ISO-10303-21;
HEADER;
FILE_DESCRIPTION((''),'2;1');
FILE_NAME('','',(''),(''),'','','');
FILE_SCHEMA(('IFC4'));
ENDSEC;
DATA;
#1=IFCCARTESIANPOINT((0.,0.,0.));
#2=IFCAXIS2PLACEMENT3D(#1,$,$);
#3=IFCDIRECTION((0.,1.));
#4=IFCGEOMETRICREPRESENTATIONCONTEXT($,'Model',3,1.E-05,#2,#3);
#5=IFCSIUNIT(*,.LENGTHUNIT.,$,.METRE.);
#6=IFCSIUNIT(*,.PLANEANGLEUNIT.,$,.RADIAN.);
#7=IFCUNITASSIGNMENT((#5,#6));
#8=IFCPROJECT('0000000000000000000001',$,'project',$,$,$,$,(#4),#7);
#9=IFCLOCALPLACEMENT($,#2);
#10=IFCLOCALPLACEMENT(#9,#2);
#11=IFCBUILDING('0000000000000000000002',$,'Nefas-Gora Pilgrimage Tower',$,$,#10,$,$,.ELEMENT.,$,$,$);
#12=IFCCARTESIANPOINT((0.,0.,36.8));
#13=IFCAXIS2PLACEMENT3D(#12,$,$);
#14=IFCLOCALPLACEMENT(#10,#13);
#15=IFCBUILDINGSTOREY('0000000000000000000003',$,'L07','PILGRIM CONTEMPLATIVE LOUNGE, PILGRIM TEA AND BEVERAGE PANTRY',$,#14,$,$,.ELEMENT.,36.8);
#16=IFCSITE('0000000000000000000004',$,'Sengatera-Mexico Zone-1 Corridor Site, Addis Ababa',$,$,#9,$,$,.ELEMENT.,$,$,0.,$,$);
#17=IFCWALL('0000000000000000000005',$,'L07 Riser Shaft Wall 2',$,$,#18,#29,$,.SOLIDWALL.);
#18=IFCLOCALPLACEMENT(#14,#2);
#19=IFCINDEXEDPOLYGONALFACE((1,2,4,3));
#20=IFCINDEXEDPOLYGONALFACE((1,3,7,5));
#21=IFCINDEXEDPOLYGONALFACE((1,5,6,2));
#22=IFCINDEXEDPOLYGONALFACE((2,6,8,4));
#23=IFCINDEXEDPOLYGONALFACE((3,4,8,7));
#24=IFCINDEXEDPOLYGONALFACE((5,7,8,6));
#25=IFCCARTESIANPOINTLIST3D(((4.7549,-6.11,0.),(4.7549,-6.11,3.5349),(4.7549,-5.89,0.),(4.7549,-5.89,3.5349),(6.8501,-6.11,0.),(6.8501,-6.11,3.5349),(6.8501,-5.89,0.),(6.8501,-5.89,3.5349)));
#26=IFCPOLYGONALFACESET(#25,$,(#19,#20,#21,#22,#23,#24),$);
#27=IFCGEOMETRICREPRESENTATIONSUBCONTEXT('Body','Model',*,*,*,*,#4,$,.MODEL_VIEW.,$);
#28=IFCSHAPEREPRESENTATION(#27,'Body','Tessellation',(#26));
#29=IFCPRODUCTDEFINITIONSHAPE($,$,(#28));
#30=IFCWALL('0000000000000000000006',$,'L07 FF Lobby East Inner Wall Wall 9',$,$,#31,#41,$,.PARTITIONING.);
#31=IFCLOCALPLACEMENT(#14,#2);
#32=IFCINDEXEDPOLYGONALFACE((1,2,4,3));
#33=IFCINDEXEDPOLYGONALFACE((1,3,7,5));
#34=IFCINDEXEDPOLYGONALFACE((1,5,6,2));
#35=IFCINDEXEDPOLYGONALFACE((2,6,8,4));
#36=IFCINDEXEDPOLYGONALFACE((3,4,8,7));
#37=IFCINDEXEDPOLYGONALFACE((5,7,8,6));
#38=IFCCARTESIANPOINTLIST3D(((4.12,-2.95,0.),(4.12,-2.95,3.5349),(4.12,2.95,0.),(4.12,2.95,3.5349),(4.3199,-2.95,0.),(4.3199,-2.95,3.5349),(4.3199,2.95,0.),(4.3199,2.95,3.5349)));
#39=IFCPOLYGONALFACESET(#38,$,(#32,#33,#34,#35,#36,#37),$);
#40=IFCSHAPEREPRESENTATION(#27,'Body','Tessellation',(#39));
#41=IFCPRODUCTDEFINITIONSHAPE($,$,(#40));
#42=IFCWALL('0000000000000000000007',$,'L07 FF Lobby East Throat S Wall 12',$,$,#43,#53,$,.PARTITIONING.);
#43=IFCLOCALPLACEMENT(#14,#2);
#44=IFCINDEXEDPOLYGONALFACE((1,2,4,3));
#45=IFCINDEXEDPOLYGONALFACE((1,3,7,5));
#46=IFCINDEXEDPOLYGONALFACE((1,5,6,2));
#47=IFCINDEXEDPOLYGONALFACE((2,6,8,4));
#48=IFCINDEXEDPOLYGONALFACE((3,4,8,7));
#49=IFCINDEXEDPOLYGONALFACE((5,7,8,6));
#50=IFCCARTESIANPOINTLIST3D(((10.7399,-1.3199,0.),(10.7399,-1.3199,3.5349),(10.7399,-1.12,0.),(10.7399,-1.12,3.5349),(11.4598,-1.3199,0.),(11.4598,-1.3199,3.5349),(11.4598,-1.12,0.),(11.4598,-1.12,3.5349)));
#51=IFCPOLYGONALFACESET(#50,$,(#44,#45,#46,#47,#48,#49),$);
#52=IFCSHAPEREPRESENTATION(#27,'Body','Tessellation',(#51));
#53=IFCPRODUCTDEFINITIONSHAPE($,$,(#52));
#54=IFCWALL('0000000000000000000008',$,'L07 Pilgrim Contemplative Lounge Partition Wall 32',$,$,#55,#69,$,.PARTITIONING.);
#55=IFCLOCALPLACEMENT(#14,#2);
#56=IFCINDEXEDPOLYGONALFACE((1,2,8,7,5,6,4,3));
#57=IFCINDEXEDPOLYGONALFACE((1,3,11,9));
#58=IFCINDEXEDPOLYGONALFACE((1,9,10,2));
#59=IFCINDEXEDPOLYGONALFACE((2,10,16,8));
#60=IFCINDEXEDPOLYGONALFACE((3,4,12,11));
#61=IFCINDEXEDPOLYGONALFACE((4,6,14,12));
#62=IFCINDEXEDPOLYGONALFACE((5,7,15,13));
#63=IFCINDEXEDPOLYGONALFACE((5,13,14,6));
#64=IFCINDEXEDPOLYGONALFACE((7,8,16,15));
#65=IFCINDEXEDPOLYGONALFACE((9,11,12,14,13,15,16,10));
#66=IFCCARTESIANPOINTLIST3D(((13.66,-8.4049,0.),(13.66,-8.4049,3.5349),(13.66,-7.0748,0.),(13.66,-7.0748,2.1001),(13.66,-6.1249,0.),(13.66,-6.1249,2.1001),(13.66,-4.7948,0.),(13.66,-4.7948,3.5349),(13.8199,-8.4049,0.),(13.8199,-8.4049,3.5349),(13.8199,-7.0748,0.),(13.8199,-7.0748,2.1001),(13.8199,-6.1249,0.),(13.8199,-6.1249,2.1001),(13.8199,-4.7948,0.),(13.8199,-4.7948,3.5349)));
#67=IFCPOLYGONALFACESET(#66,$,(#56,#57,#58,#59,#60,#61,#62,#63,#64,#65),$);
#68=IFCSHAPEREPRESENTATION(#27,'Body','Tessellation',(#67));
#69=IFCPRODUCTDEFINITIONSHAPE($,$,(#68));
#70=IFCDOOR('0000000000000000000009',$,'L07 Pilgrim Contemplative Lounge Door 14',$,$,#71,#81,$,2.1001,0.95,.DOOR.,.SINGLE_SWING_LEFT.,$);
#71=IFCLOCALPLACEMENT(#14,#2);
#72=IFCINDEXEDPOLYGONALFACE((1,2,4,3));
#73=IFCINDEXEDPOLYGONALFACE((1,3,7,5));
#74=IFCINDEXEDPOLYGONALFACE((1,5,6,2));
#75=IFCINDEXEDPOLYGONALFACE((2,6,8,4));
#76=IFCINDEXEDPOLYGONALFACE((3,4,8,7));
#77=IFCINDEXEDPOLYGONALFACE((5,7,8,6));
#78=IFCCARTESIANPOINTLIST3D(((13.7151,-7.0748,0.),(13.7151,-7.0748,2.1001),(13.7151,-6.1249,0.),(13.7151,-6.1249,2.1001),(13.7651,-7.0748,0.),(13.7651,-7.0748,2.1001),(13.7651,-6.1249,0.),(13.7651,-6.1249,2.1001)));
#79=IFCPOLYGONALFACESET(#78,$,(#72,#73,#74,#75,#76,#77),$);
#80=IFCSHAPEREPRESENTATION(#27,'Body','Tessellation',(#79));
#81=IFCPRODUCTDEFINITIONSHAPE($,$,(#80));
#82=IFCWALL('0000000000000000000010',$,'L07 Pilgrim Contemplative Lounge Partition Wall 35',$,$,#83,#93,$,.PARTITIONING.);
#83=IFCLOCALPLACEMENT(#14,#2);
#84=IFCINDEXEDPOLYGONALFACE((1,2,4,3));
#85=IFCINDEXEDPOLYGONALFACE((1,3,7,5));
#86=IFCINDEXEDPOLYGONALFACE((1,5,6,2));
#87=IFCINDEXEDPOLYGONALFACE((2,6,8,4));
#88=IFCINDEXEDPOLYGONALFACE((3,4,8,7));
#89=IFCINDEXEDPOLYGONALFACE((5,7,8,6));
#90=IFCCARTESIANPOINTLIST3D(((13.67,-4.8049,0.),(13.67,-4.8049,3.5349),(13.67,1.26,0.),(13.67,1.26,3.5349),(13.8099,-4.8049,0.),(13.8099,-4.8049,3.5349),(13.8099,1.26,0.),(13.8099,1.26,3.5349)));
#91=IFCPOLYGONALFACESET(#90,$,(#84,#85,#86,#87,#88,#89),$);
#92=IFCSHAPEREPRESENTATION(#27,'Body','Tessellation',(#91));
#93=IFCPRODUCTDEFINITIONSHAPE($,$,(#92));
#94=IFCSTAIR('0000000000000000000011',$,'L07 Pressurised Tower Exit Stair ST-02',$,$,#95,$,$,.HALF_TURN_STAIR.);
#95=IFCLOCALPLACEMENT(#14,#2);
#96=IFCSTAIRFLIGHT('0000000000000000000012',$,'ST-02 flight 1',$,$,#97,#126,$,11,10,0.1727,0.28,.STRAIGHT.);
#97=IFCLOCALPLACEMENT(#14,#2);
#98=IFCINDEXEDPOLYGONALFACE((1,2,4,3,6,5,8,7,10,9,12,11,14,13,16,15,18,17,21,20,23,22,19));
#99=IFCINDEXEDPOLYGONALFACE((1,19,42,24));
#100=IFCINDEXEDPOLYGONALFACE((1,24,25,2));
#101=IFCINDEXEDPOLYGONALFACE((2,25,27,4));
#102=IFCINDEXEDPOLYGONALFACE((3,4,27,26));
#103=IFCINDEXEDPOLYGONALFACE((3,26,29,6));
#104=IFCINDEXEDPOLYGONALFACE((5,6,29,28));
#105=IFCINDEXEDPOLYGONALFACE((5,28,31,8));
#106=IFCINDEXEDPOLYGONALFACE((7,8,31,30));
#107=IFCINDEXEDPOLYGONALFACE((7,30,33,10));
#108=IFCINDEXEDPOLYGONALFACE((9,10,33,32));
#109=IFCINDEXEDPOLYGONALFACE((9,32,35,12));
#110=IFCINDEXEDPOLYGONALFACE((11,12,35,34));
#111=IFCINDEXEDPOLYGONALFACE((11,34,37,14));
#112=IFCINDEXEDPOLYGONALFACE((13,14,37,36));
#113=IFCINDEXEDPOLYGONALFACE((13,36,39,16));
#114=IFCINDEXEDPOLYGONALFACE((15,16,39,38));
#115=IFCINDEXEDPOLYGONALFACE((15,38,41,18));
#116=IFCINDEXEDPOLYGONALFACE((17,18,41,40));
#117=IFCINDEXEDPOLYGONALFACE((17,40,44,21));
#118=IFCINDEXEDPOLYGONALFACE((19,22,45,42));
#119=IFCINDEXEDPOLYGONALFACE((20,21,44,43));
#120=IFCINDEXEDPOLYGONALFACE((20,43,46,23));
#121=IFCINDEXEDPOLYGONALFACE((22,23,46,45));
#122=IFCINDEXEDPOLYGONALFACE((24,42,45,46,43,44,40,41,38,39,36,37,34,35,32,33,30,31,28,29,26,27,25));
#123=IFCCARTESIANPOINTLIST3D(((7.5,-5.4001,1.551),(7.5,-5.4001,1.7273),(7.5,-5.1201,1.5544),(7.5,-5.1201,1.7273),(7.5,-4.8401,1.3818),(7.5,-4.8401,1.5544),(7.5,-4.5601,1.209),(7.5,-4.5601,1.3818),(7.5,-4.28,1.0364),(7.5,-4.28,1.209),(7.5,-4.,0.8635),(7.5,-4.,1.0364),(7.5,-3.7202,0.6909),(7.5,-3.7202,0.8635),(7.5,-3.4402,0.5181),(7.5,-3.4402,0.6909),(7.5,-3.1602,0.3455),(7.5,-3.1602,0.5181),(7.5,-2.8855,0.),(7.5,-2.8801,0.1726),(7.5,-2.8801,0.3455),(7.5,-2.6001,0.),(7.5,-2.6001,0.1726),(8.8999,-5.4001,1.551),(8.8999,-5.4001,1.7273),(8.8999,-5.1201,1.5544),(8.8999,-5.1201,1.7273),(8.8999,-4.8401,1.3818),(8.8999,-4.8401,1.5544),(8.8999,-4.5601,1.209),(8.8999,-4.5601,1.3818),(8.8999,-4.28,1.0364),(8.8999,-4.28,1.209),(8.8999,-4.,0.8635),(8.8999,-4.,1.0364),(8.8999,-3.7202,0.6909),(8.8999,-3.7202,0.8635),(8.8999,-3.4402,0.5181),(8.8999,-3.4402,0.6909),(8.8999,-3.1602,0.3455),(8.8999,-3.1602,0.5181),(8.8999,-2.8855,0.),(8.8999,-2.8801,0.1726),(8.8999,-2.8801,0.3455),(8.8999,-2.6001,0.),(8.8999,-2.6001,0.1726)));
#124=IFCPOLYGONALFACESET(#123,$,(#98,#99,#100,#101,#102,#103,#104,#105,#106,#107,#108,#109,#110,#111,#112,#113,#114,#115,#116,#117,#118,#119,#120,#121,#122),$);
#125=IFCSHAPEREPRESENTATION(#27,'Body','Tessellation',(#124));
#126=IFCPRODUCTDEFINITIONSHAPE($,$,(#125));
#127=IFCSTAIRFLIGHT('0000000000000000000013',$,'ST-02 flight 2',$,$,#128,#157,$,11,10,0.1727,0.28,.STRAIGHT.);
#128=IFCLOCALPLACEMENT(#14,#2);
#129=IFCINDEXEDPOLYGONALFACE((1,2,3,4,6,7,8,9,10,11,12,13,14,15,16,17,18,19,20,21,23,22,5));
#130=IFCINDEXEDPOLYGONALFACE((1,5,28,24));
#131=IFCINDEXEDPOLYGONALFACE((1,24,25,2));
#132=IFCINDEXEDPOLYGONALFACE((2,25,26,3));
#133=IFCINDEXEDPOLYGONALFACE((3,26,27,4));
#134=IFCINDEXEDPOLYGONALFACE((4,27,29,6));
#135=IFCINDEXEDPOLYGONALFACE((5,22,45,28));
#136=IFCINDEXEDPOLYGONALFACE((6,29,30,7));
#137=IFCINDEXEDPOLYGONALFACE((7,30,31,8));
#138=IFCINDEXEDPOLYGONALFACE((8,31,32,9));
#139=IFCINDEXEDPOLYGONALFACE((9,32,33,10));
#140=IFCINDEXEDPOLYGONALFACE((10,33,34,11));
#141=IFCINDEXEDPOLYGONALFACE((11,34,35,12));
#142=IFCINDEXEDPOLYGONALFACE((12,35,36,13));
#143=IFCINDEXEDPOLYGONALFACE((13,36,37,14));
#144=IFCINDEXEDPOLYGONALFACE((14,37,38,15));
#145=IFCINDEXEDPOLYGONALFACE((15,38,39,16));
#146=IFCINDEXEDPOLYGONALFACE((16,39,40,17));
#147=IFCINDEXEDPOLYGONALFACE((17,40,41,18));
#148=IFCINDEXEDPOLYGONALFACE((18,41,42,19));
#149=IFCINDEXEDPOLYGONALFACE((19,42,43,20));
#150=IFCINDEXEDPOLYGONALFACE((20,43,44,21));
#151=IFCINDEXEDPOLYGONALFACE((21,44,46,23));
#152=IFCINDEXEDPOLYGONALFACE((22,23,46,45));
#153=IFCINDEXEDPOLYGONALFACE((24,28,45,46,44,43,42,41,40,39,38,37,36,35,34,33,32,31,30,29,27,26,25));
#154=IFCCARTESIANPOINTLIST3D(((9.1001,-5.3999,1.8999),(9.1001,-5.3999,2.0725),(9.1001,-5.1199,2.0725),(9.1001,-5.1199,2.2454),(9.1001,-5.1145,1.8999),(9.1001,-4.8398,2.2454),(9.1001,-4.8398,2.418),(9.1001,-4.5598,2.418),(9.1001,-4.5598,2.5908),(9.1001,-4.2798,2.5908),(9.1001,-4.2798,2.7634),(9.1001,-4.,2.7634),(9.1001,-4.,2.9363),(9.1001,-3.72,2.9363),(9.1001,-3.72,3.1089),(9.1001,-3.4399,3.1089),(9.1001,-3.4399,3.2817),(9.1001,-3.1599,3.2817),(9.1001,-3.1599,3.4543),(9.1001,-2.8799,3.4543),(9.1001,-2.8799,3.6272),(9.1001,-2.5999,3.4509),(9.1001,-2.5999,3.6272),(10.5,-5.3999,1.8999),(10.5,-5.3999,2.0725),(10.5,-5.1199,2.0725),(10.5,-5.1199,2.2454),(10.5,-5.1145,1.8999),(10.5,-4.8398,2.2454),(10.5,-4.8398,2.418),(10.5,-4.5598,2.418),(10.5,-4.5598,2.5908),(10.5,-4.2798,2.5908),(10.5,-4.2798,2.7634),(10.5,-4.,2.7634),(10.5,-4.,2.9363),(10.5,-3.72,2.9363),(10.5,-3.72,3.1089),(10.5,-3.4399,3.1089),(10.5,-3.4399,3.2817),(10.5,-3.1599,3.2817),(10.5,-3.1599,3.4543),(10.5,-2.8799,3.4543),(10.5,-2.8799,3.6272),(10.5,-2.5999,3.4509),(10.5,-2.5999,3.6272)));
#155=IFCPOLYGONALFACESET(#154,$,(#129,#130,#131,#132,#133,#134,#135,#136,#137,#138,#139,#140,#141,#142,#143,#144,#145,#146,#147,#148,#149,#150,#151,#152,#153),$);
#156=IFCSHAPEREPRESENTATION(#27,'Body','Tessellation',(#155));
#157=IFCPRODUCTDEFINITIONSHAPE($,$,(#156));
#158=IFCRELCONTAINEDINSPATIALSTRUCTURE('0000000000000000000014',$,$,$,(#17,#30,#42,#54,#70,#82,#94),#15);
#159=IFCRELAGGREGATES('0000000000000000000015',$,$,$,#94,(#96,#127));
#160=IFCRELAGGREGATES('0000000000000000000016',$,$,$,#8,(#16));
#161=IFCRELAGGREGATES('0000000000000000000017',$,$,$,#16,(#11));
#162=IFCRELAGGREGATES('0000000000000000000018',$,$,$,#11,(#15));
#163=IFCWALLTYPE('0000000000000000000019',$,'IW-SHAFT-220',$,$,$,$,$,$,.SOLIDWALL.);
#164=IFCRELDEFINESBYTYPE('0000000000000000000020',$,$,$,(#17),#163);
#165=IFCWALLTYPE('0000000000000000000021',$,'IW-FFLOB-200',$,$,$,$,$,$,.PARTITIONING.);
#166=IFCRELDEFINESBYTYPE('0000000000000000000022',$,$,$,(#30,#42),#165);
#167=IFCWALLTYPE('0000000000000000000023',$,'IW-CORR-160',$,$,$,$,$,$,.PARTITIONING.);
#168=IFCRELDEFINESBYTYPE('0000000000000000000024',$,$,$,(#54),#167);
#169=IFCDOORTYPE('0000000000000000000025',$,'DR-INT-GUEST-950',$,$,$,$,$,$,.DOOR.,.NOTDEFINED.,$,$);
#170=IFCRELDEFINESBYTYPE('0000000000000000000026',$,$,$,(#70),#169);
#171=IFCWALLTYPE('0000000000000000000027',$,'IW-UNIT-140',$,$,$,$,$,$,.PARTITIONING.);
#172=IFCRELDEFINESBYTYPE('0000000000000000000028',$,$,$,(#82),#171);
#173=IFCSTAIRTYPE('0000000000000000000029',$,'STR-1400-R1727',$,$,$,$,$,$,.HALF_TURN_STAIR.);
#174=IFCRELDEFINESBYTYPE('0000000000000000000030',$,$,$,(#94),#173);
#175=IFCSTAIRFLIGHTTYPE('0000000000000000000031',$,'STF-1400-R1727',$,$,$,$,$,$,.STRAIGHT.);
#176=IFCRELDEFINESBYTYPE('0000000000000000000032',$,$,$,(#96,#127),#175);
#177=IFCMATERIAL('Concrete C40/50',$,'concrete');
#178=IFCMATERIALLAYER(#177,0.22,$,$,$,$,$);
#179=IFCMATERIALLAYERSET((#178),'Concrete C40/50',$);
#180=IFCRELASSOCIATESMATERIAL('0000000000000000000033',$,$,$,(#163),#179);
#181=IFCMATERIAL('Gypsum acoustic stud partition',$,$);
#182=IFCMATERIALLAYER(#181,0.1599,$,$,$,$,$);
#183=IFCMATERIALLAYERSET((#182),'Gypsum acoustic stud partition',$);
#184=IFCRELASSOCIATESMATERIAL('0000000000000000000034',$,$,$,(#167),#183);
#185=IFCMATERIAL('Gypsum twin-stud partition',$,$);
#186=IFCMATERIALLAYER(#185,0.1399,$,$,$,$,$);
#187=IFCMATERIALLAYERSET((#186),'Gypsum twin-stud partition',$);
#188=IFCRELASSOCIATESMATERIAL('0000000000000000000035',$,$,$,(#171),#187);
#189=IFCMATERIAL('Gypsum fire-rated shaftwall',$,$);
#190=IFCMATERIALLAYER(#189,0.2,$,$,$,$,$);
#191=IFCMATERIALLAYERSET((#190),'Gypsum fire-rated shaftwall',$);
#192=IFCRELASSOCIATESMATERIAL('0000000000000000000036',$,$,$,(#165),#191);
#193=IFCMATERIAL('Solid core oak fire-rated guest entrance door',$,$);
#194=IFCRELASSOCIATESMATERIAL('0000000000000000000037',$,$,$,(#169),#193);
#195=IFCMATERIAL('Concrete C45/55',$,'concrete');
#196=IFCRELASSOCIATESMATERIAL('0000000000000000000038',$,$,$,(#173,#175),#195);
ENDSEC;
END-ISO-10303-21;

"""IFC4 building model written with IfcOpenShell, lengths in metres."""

from ifc_helpers import new_model, si_unit, direction, frame, frame_2d, origin, place, context, subcontext, project, spatial, polyline, rectangle, outline, extrude, source, transform, mapped, material, layer, layer_set, type_object, element, fill, aggregate, save


model = new_model("IFC4")

# Units and contexts
model_context = context("Model", 3, precision=1e-05, world=origin(), true_north=direction((0.0, 1.0)))
body_context = subcontext(model_context, "Body", "Model", "MODEL_VIEW")
ifc_project = project(units=[si_unit("LENGTHUNIT", "METRE"), si_unit("PLANEANGLEUNIT", "RADIAN")], contexts=[model_context])

# Site, building, storey
site_placement = place(None, origin())
site = spatial("IfcSite", under=ifc_project, at=site_placement, Name="Sengatera-Mexico Zone-1 Corridor Site, Addis Ababa", CompositionType="ELEMENT", RefElevation=0.0)
building_placement = place(site_placement, origin())
building = spatial("IfcBuilding", under=site, at=building_placement, Name="Nefas-Gora Pilgrimage Tower", CompositionType="ELEMENT")
storey_placement = place(building_placement, frame((0.0, 0.0, 36.8)))
storey = spatial("IfcBuildingStorey", under=building, at=storey_placement, Name="L07", Description="PILGRIM CONTEMPLATIVE LOUNGE, PILGRIM TEA AND BEVERAGE PANTRY", CompositionType="ELEMENT", Elevation=36.8)

# Shared definitions
ifc_material_1 = material(Name="Concrete C45/55", Category="concrete")

# Shared definitions
ifc_material_2 = material(Name="Concrete C40/50", Category="concrete")
ifc_layer_1 = layer(ifc_material_2, 0.22)
ifc_layer_set_1 = layer_set([ifc_layer_1], Name="Concrete C40/50")
wall_type_1 = type_object("IfcWallType", Name="IW-SHAFT-220", PredefinedType="SOLIDWALL", material=ifc_layer_set_1)

# Wall
ifc_material_3 = material(Name="Gypsum acoustic stud partition")
ifc_layer_2 = layer(ifc_material_3, 0.1599)
ifc_layer_set_2 = layer_set([ifc_layer_2], Name="Gypsum acoustic stud partition")
wall_type_2 = type_object("IfcWallType", Name="IW-CORR-160", PredefinedType="PARTITIONING", material=ifc_layer_set_2)
ifc_material_4 = material(Name="Gypsum twin-stud partition")
ifc_layer_3 = layer(ifc_material_4, 0.1399)
ifc_layer_set_3 = layer_set([ifc_layer_3], Name="Gypsum twin-stud partition")
wall_type_3 = type_object("IfcWallType", Name="IW-UNIT-140", PredefinedType="PARTITIONING", material=ifc_layer_set_3)
shared_shape_1 = source(origin(), body_context, "Body", "SweptSolid", [
    extrude(rectangle(XDim=2.0952, YDim=0.22, at=frame_2d((1.0476, 0.0))), origin(), (0.0, 0.0, 1.0), 3.5349),
])
wall_1_placement = place(storey_placement, frame((4.7549, -6.0, 0.0), z_axis=(0.0, 0.0, 1.0), x_axis=(1.0, 0.0, 0.0)))
element("IfcWall", 1, at=wall_1_placement, inside=storey, type_object=wall_type_1, Name="L07 Riser Shaft Wall 2", PredefinedType="SOLIDWALL", context=body_context, shape_type="MappedRepresentation", body=[
    mapped(shared_shape_1, transform((0.0, 0.0, 0.0), x_axis=(1.0, 0.0, 0.0), y_axis=(0.0, 1.0, 0.0), z_axis=(0.0, 0.0, 1.0), scale=1.0)),
])

# Shared definitions
ifc_material_5 = material(Name="Gypsum fire-rated shaftwall")
ifc_layer_4 = layer(ifc_material_5, 0.2)
ifc_layer_set_4 = layer_set([ifc_layer_4], Name="Gypsum fire-rated shaftwall")
wall_type_4 = type_object("IfcWallType", Name="IW-FFLOB-200", PredefinedType="PARTITIONING", material=ifc_layer_set_4)

# Walls
shared_shape_2 = source(origin(), body_context, "Body", "SweptSolid", [
    extrude(rectangle(XDim=5.8999, YDim=0.2, at=frame_2d((2.95, 0.0))), origin(), (0.0, 0.0, 1.0), 3.5349),
])
wall_2_placement = place(storey_placement, frame((4.22, -2.95, 0.0), z_axis=(0.0, 0.0, 1.0), x_axis=(0.0, 1.0, 0.0)))
element("IfcWall", 2, at=wall_2_placement, inside=storey, type_object=wall_type_4, Name="L07 FF Lobby East Inner Wall Wall 9", PredefinedType="PARTITIONING", context=body_context, shape_type="MappedRepresentation", body=[
    mapped(shared_shape_2, transform((0.0, 0.0, 0.0), x_axis=(1.0, 0.0, 0.0), y_axis=(0.0, 1.0, 0.0), z_axis=(0.0, 0.0, 1.0), scale=1.0)),
])
shared_shape_3 = source(origin(), body_context, "Body", "SweptSolid", [
    extrude(rectangle(XDim=0.72, YDim=0.2, at=frame_2d((0.3599, 0.0))), origin(), (0.0, 0.0, 1.0), 3.5349),
])
wall_3_placement = place(storey_placement, frame((10.74, -1.22, 0.0), z_axis=(0.0, 0.0, 1.0), x_axis=(1.0, 0.0, 0.0)))
element("IfcWall", 3, at=wall_3_placement, inside=storey, type_object=wall_type_4, Name="L07 FF Lobby East Throat S Wall 12", PredefinedType="PARTITIONING", context=body_context, shape_type="MappedRepresentation", body=[
    mapped(shared_shape_3, transform((0.0, 0.0, 0.0), x_axis=(1.0, 0.0, 0.0), y_axis=(0.0, 1.0, 0.0), z_axis=(0.0, 0.0, 1.0), scale=1.0)),
])

# Wall, opening, door
shared_shape_4 = source(origin(), body_context, "Body", "SweptSolid", [
    extrude(rectangle(XDim=3.6101, YDim=0.1599, at=frame_2d((1.8052, 0.0))), origin(), (0.0, 0.0, 1.0), 3.5349),
])
wall_4_placement = place(storey_placement, frame((13.74, -8.405, 0.0), z_axis=(0.0, 0.0, 1.0), x_axis=(0.0, 1.0, 0.0)))
wall_4 = element("IfcWall", 4, at=wall_4_placement, inside=storey, type_object=wall_type_2, Name="L07 Pilgrim Contemplative Lounge Partition Wall 32", PredefinedType="PARTITIONING", context=body_context, shape_type="MappedRepresentation", body=[
    mapped(shared_shape_4, transform((0.0, 0.0, 0.0), x_axis=(1.0, 0.0, 0.0), y_axis=(0.0, 1.0, 0.0), z_axis=(0.0, 0.0, 1.0), scale=1.0)),
])
opening_1_placement = place(wall_4_placement, frame((1.3301, 0.0, 0.0)))
opening_1 = element("IfcOpeningElement", 5, at=opening_1_placement, cuts=wall_4, PredefinedType="OPENING", context=body_context, shape_type="SweptSolid", body=[
    extrude(rectangle(XDim=0.95, YDim=2.1001, at=frame_2d((0.4751, 1.05))), frame((0.0, 0.0898, 0.0), z_axis=(0.0, -1.0, 0.0), x_axis=(1.0, 0.0, 0.0)), (0.0, 0.0, 1.0), 0.1799),
])
ifc_material_6 = material(Name="Solid core oak fire-rated guest entrance door")
door_type_1 = type_object("IfcDoorType", Name="DR-INT-GUEST-950", OperationType="NOTDEFINED", PredefinedType="DOOR", material=ifc_material_6)
shared_shape_5 = source(origin(), body_context, "Body", "SweptSolid", [
    extrude(rectangle(XDim=0.95, YDim=2.1001, at=frame_2d((0.4751, 1.05))), frame((0.0, 0.0249, 0.0), z_axis=(0.0, -1.0, 0.0), x_axis=(1.0, 0.0, 0.0)), (0.0, 0.0, 1.0), 0.05),
])
door_1_placement = place(opening_1_placement, origin())
door_1 = element("IfcDoor", 6, at=door_1_placement, inside=storey, type_object=door_type_1, Name="L07 Pilgrim Contemplative Lounge Door 14", OperationType="SINGLE_SWING_LEFT", OverallHeight=2.1001, OverallWidth=0.95, PredefinedType="DOOR", context=body_context, shape_type="MappedRepresentation", body=[
    mapped(shared_shape_5, transform((0.0, 0.0, 0.0), x_axis=(1.0, 0.0, 0.0), y_axis=(0.0, 1.0, 0.0), z_axis=(0.0, 0.0, 1.0), scale=1.0)),
])
fill(opening_1, door_1)

# Wall
shared_shape_6 = source(origin(), body_context, "Body", "SweptSolid", [
    extrude(rectangle(XDim=6.0649, YDim=0.1399, at=frame_2d((3.0325, 0.0))), origin(), (0.0, 0.0, 1.0), 3.5349),
])
wall_5_placement = place(storey_placement, frame((13.74, -4.8049, 0.0), z_axis=(0.0, 0.0, 1.0), x_axis=(0.0, 1.0, 0.0)))
element("IfcWall", 7, at=wall_5_placement, inside=storey, type_object=wall_type_3, Name="L07 Pilgrim Contemplative Lounge Partition Wall 35", PredefinedType="PARTITIONING", context=body_context, shape_type="MappedRepresentation", body=[
    mapped(shared_shape_6, transform((0.0, 0.0, 0.0), x_axis=(1.0, 0.0, 0.0), y_axis=(0.0, 1.0, 0.0), z_axis=(0.0, 0.0, 1.0), scale=1.0)),
])

# Stair, stair flights
stair_type = type_object("IfcStairType", Name="STR-1400-R1727", PredefinedType="HALF_TURN_STAIR", material=ifc_material_1)
stair_placement = place(storey_placement, origin())
stair = element("IfcStair", 8, at=stair_placement, inside=storey, type_object=stair_type, Name="L07 Pressurised Tower Exit Stair ST-02", PredefinedType="HALF_TURN_STAIR")
stair_flight_type = type_object("IfcStairFlightType", Name="STF-1400-R1727", PredefinedType="STRAIGHT", material=ifc_material_1)
shared_shape_7 = source(origin(), body_context, "Body", "SweptSolid", [
    extrude(outline(polyline([(0.0, 0.0), (0.0, 0.1726), (0.28, 0.1726), (0.28, 0.3455), (0.5601, 0.3455), (0.5601, 0.5181), (0.8401, 0.5181), (0.8401, 0.6909), (1.1201, 0.6909), (1.1201, 0.8635), (1.3999, 0.8635), (1.3999, 1.0364), (1.6799, 1.0364), (1.6799, 1.209), (1.96, 1.209), (1.96, 1.3818), (2.24, 1.3818), (2.24, 1.5544), (2.52, 1.5544), (2.52, 1.7273), (2.8, 1.7273), (2.8, 1.8999), (2.8, 1.551), (0.2854, 0.0), (0.0, 0.0)])), frame((0.0, 0.7, 0.0), z_axis=(0.0, -1.0, 0.0), x_axis=(1.0, 0.0, 0.0)), (0.0, 0.0, 1.0), 1.3999),
])
stair_flight_1_placement = place(storey_placement, frame((8.2, -2.6001, 0.0), z_axis=(0.0, 0.0, 1.0), x_axis=(0.0, -1.0, 0.0)))
stair_flight_1 = element("IfcStairFlight", 9, at=stair_flight_1_placement, type_object=stair_flight_type, Name="ST-02 flight 1", NumberOfRisers=11, NumberOfTreads=10, PredefinedType="STRAIGHT", RiserHeight=0.1727, TreadLength=0.28, context=body_context, shape_type="MappedRepresentation", body=[
    mapped(shared_shape_7, transform((0.0, 0.0, 0.0), x_axis=(1.0, 0.0, 0.0), y_axis=(0.0, 1.0, 0.0), z_axis=(0.0, 0.0, 1.0), scale=1.0)),
])
stair_flight_2_placement = place(storey_placement, frame((9.8, -5.3999, 1.8999), z_axis=(0.0, 0.0, 1.0), x_axis=(0.0, 1.0, 0.0)))
stair_flight_2 = element("IfcStairFlight", 10, at=stair_flight_2_placement, type_object=stair_flight_type, Name="ST-02 flight 2", NumberOfRisers=11, NumberOfTreads=10, PredefinedType="STRAIGHT", RiserHeight=0.1727, TreadLength=0.28, context=body_context, shape_type="MappedRepresentation", body=[
    mapped(shared_shape_7, transform((0.0, 0.0, 0.0), x_axis=(1.0, 0.0, 0.0), y_axis=(0.0, 1.0, 0.0), z_axis=(0.0, 0.0, 1.0), scale=1.0)),
])
aggregate(stair, [stair_flight_1, stair_flight_2])

save(model, "model.ifc")
